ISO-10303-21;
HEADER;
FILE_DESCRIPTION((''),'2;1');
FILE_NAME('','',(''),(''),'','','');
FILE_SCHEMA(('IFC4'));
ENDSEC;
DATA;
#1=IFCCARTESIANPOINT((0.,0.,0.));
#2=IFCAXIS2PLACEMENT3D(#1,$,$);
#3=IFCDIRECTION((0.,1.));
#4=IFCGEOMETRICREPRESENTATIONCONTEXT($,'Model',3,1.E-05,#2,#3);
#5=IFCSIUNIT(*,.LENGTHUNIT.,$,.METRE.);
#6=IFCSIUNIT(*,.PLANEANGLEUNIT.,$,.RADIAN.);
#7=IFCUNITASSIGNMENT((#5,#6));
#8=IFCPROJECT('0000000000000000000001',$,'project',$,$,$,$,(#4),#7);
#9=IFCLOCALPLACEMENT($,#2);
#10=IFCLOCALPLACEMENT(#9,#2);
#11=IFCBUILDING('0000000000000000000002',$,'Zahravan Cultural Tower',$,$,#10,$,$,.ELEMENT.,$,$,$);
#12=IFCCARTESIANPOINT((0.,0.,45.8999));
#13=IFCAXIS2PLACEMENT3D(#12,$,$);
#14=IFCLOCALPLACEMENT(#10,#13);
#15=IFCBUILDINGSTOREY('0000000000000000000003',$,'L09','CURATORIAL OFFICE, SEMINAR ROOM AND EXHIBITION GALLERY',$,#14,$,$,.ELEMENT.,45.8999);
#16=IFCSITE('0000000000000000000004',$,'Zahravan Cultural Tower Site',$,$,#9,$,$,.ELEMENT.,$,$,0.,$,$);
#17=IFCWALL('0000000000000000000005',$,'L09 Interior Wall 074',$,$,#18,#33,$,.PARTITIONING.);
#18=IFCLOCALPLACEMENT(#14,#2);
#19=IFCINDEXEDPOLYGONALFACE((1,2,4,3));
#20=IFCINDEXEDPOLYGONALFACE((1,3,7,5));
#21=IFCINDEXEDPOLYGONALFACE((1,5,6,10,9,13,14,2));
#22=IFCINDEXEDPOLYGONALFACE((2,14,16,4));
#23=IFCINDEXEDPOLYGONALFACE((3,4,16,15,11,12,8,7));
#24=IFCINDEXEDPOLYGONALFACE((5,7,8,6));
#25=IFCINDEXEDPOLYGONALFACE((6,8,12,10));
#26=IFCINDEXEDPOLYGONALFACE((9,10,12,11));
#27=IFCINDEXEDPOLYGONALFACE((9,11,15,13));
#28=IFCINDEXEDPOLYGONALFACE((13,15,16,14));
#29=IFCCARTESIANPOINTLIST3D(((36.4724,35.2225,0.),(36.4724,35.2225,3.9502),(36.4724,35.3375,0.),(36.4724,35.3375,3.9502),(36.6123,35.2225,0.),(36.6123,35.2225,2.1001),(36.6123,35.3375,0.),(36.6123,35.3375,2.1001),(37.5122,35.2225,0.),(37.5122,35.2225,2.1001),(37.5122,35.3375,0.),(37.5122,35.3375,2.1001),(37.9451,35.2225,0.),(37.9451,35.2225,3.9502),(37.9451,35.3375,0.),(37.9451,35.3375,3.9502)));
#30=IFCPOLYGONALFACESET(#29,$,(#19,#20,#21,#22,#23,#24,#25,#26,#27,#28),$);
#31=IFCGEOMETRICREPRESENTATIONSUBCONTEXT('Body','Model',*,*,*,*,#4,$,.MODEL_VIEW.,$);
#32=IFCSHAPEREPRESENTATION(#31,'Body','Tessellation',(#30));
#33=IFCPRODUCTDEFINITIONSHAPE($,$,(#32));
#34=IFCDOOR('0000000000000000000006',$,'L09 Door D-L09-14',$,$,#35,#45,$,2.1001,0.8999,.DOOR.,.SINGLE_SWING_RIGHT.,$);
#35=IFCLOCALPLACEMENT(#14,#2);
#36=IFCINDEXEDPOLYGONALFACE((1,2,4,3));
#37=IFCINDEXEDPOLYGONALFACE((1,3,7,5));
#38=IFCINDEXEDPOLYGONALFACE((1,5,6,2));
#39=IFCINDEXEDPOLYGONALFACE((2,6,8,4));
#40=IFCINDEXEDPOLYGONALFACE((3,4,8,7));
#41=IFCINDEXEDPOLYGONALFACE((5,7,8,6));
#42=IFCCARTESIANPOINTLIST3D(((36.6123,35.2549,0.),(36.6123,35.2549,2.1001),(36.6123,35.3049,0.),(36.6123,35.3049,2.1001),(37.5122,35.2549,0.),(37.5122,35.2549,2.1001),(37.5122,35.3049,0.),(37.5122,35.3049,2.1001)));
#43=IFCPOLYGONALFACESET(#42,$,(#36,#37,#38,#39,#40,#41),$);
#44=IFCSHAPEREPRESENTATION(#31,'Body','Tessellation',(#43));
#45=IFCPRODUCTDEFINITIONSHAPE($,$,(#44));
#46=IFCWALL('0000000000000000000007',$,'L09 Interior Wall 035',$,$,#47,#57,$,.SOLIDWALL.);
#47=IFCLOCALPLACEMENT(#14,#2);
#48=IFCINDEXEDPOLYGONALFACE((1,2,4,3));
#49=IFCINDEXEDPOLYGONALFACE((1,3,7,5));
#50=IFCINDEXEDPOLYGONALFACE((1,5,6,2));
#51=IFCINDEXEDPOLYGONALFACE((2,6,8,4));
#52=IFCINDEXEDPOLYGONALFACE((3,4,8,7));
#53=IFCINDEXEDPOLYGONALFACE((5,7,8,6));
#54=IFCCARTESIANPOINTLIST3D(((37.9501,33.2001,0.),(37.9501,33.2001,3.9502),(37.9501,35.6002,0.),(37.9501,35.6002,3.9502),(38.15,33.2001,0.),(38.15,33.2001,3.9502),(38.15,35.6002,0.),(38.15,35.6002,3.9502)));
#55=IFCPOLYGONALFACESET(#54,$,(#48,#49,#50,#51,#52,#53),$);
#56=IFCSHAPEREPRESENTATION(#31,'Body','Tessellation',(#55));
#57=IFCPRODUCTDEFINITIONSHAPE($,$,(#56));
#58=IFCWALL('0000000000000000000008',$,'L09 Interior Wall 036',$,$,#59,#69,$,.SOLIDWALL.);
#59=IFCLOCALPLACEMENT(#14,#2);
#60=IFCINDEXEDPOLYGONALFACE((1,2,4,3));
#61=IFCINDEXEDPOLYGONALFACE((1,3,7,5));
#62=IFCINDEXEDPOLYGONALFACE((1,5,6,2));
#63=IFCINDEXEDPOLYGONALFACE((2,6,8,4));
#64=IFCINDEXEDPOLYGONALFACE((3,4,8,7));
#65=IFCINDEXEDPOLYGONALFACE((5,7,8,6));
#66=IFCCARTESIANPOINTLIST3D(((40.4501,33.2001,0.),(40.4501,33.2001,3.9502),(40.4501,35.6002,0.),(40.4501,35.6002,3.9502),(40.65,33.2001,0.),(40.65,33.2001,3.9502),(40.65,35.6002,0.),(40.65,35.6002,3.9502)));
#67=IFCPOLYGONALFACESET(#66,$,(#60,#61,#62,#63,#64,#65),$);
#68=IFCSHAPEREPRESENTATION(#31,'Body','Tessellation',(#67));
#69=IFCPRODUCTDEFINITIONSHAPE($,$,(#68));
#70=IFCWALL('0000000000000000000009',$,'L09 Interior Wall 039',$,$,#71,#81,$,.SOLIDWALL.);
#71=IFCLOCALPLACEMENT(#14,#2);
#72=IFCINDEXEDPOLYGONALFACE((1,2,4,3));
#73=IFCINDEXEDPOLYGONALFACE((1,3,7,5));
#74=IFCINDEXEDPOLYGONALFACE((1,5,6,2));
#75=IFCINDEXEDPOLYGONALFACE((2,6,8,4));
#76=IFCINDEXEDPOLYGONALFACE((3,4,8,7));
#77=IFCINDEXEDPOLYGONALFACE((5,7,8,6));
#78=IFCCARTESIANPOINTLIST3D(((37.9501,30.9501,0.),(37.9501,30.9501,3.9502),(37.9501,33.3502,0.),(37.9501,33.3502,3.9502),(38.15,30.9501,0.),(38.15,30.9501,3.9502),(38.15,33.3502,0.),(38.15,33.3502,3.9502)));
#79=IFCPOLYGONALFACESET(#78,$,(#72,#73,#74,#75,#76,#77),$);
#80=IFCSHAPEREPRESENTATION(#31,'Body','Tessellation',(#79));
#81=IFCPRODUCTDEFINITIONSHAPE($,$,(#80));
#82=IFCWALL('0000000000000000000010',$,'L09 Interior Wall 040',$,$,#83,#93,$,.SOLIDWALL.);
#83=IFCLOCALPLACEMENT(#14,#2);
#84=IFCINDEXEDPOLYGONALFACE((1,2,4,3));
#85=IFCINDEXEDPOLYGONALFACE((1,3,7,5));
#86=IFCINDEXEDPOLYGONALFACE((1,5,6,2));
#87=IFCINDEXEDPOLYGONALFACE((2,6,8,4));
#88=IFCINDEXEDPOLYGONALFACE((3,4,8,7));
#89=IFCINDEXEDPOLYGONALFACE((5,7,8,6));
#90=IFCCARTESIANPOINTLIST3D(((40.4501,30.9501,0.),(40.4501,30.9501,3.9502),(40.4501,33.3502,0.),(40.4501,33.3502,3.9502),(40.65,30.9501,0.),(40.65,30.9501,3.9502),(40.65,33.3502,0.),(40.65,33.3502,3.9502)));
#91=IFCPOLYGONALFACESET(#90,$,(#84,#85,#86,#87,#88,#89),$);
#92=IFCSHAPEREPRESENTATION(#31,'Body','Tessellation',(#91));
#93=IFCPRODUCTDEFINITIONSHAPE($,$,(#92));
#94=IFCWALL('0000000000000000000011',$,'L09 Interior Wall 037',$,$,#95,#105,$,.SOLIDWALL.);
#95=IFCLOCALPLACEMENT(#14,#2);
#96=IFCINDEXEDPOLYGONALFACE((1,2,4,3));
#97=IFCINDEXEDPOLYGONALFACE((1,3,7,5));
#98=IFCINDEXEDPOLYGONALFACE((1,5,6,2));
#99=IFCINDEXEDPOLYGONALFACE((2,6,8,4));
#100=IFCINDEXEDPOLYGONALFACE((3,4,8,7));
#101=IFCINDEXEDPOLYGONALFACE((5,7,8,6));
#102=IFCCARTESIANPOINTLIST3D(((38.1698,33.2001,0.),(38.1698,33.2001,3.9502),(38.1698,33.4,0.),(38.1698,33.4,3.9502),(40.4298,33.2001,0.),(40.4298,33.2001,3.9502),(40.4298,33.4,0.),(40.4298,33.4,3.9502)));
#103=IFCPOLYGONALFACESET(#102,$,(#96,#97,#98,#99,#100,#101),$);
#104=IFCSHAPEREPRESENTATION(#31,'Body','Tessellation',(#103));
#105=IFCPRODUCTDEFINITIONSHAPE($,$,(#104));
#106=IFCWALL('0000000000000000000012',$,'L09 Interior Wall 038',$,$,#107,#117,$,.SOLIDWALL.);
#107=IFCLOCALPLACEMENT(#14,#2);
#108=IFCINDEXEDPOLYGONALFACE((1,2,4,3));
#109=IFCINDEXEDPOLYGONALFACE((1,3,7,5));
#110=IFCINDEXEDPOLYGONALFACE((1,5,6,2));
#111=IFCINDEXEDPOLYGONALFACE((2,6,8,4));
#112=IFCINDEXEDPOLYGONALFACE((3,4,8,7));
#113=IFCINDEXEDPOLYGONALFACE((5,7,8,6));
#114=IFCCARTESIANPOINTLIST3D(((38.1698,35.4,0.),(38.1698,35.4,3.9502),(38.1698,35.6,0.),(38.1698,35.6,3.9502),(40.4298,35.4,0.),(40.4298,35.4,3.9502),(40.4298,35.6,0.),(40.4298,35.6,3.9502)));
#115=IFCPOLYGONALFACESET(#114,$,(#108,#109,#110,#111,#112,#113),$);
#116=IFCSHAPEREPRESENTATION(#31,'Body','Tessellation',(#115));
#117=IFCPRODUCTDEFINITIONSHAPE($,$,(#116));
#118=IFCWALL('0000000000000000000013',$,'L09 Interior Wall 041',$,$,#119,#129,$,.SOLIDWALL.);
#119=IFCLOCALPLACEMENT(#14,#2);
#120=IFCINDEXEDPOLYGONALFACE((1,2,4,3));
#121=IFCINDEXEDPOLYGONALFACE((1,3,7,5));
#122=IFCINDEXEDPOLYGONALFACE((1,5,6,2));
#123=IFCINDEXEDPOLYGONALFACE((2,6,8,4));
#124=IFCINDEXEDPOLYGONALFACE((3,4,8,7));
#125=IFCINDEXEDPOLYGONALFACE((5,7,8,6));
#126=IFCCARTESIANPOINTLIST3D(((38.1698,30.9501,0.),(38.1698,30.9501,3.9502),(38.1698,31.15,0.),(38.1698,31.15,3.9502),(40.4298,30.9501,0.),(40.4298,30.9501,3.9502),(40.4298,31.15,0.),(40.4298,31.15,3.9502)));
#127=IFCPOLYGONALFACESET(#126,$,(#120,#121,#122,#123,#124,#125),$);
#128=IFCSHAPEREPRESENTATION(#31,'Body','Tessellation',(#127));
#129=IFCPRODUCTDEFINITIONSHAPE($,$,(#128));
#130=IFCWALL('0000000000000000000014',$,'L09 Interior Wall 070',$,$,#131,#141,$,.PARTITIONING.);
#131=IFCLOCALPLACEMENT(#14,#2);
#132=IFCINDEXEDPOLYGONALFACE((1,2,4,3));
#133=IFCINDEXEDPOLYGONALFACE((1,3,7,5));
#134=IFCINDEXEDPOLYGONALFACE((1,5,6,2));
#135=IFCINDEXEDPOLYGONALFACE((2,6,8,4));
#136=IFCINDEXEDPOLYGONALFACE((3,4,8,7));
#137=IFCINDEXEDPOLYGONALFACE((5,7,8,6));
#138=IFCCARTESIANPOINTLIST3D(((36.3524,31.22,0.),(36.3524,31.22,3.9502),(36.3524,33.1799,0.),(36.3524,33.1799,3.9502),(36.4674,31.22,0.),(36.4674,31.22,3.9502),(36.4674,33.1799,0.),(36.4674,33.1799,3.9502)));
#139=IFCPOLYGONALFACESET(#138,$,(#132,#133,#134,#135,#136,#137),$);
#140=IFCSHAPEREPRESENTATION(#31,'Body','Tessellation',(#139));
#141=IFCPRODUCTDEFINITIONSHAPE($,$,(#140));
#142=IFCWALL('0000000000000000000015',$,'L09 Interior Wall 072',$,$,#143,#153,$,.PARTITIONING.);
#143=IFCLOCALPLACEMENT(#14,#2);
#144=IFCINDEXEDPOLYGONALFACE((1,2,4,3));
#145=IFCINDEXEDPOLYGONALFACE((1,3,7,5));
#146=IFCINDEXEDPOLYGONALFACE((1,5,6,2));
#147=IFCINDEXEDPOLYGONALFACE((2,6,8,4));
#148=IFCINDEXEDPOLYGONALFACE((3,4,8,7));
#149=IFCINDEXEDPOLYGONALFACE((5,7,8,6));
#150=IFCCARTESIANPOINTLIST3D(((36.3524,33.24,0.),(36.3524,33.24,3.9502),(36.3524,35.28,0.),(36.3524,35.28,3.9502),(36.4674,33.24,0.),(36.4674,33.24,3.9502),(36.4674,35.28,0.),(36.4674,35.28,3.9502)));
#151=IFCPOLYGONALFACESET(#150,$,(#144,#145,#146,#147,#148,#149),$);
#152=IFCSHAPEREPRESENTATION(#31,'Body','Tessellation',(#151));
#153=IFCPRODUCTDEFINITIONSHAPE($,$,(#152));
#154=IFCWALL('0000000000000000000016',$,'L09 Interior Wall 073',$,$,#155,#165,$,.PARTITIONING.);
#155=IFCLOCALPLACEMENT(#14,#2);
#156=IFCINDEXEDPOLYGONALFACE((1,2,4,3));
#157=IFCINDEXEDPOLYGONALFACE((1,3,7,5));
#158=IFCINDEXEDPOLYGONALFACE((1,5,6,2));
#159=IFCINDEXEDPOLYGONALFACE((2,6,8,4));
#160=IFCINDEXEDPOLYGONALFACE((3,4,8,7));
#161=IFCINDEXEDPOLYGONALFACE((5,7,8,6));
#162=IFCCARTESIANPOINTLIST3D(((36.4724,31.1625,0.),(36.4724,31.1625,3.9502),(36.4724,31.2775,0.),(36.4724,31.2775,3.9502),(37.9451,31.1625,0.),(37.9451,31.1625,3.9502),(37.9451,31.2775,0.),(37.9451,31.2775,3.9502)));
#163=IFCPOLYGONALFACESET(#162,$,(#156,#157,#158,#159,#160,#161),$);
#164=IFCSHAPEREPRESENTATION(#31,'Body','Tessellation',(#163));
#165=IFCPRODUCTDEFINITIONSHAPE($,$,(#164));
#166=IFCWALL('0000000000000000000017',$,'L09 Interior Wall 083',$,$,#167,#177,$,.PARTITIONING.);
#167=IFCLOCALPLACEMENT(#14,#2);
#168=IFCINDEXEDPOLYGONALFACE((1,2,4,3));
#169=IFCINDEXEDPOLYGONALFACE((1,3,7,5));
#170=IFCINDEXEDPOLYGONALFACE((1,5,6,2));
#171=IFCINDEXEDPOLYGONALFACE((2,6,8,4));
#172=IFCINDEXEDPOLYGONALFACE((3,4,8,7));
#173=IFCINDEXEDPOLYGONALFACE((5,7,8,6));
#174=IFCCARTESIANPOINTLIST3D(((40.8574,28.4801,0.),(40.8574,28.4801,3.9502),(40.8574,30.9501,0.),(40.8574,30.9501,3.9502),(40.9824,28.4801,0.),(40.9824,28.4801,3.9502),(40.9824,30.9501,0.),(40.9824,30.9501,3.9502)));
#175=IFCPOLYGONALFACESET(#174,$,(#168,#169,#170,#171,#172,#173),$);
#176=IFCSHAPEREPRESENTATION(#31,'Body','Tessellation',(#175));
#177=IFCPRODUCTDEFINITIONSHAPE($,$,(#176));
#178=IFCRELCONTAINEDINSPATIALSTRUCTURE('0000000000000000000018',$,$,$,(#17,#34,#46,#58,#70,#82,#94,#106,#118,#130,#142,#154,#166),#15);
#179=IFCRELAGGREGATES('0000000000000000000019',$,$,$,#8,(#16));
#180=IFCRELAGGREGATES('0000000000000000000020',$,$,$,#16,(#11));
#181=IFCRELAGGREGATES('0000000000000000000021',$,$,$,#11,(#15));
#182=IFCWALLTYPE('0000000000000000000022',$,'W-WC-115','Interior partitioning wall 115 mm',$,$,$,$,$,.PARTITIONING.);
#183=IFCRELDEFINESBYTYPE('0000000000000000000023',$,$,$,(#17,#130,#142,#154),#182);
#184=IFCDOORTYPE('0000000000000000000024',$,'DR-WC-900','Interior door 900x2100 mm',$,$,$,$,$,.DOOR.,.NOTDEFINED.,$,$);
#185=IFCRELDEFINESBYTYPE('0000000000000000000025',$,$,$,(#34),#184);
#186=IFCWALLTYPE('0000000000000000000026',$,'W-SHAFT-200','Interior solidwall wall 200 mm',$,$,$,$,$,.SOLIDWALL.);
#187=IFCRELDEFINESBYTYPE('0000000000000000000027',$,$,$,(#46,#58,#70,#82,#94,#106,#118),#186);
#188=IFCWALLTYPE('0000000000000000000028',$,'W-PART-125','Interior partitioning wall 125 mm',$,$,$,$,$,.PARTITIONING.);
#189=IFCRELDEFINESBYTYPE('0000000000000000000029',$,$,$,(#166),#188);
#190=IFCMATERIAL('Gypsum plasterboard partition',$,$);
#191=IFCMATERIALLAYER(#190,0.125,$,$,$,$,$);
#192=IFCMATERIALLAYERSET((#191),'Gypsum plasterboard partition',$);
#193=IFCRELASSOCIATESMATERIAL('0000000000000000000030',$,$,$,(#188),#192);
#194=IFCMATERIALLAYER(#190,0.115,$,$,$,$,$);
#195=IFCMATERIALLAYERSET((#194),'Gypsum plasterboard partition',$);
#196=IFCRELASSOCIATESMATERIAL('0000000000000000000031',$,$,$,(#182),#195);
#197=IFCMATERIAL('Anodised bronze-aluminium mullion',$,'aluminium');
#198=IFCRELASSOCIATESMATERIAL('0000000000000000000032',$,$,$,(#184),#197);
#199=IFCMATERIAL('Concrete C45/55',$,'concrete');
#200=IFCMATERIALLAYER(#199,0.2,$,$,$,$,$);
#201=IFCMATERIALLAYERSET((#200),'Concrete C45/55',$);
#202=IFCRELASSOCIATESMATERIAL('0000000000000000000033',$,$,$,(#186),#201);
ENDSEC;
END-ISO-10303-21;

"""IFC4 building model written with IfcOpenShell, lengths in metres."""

from ifc_helpers import new_model, si_unit, direction, frame, frame_2d, origin, place, context, subcontext, project, spatial, rectangle, extrude, source, transform, mapped, material, layer, layer_set, type_object, element, fill, save


model = new_model("IFC4")

# Units and contexts
model_context = context("Model", 3, precision=1e-05, world=origin(), true_north=direction((0.0, 1.0)))
body_context = subcontext(model_context, "Body", "Model", "MODEL_VIEW")
ifc_project = project(units=[si_unit("LENGTHUNIT", "METRE"), si_unit("PLANEANGLEUNIT", "RADIAN")], contexts=[model_context])

# Site, building, storey
site_placement = place(None, origin())
site = spatial("IfcSite", under=ifc_project, at=site_placement, Name="Zahravan Cultural Tower Site", CompositionType="ELEMENT", RefElevation=0.0)
building_placement = place(site_placement, origin())
building = spatial("IfcBuilding", under=site, at=building_placement, Name="Zahravan Cultural Tower", CompositionType="ELEMENT")
storey_placement = place(building_placement, frame((0.0, 0.0, 45.8999)))
storey = spatial("IfcBuildingStorey", under=building, at=storey_placement, Name="L09", Description="CURATORIAL OFFICE, SEMINAR ROOM AND EXHIBITION GALLERY", CompositionType="ELEMENT", Elevation=45.8999)

# Shared definitions
ifc_material_1 = material(Name="Anodised bronze-aluminium mullion", Category="aluminium")

# Wall, opening, door
ifc_material_2 = material(Name="Gypsum plasterboard partition")
ifc_layer_1 = layer(ifc_material_2, 0.125)
ifc_layer_set_1 = layer_set([ifc_layer_1], Name="Gypsum plasterboard partition")
wall_type_1 = type_object("IfcWallType", Name="W-PART-125", Description="Interior partitioning wall 125 mm", PredefinedType="PARTITIONING", material=ifc_layer_set_1)
ifc_layer_2 = layer(ifc_material_2, 0.115)
ifc_layer_set_2 = layer_set([ifc_layer_2], Name="Gypsum plasterboard partition")
wall_type_2 = type_object("IfcWallType", Name="W-WC-115", Description="Interior partitioning wall 115 mm", PredefinedType="PARTITIONING", material=ifc_layer_set_2)
door_type_1 = type_object("IfcDoorType", Name="DR-WC-900", Description="Interior door 900x2100 mm", OperationType="NOTDEFINED", PredefinedType="DOOR", material=ifc_material_1)
shared_shape_1 = source(origin(), body_context, "Body", "SweptSolid", [
    extrude(rectangle(XDim=0.8999, YDim=2.1001, at=frame_2d((0.45, 1.05))), frame((0.0, 0.0249, 0.0), z_axis=(0.0, -1.0, 0.0), x_axis=(1.0, 0.0, 0.0)), (0.0, 0.0, 1.0), 0.05),
])
wall_1_placement = place(storey_placement, frame((36.4724, 35.28, 0.0), z_axis=(0.0, 0.0, 1.0), x_axis=(1.0, 0.0, 0.0)))
wall_1 = element("IfcWall", 1, at=wall_1_placement, inside=storey, type_object=wall_type_2, Name="L09 Interior Wall 074", PredefinedType="PARTITIONING", context=body_context, shape_type="SweptSolid", body=[
    extrude(rectangle(XDim=1.4727, YDim=0.115, at=frame_2d((0.7363, 0.0))), origin(), (0.0, 0.0, 1.0), 3.9502),
])
opening_1_placement = place(wall_1_placement, frame((0.1399, 0.0, 0.0)))
opening_1 = element("IfcOpeningElement", 2, at=opening_1_placement, cuts=wall_1, PredefinedType="OPENING", context=body_context, shape_type="SweptSolid", body=[
    extrude(rectangle(XDim=0.8999, YDim=2.1001, at=frame_2d((0.45, 1.05))), frame((0.0, 0.0674, 0.0), z_axis=(0.0, -1.0, 0.0), x_axis=(1.0, 0.0, 0.0)), (0.0, 0.0, 1.0), 0.135),
])
door_1_placement = place(opening_1_placement, origin())
door_1 = element("IfcDoor", 3, at=door_1_placement, inside=storey, type_object=door_type_1, Name="L09 Door D-L09-14", OperationType="SINGLE_SWING_RIGHT", OverallHeight=2.1001, OverallWidth=0.8999, PredefinedType="DOOR", context=body_context, shape_type="MappedRepresentation", body=[
    mapped(shared_shape_1, transform((0.0, 0.0, 0.0), x_axis=(1.0, 0.0, 0.0), y_axis=(0.0, 1.0, 0.0), z_axis=(0.0, 0.0, 1.0), scale=1.0)),
])
fill(opening_1, door_1)

# Walls
ifc_material_3 = material(Name="Concrete C45/55", Category="concrete")
ifc_layer_3 = layer(ifc_material_3, 0.2)
ifc_layer_set_3 = layer_set([ifc_layer_3], Name="Concrete C45/55")
wall_type_3 = type_object("IfcWallType", Name="W-SHAFT-200", Description="Interior solidwall wall 200 mm", PredefinedType="SOLIDWALL", material=ifc_layer_set_3)
shared_shape_2 = source(origin(), body_context, "Body", "SweptSolid", [
    extrude(rectangle(XDim=2.4001, YDim=0.2, at=frame_2d((1.2002, 0.0))), origin(), (0.0, 0.0, 1.0), 3.9502),
])
for number, where, z_axis, x_axis, name in (
    (4, (38.05, 33.2, 0.0), (0.0, 0.0, 1.0), (0.0, 1.0, 0.0), "L09 Interior Wall 035"),
    (5, (40.55, 33.2, 0.0), (0.0, 0.0, 1.0), (0.0, 1.0, 0.0), "L09 Interior Wall 036"),
    (6, (38.05, 30.95, 0.0), (0.0, 0.0, 1.0), (0.0, 1.0, 0.0), "L09 Interior Wall 039"),
    (7, (40.55, 30.95, 0.0), (0.0, 0.0, 1.0), (0.0, 1.0, 0.0), "L09 Interior Wall 040"),
):
    element("IfcWall", number, at=place(storey_placement, frame(where, z_axis=z_axis, x_axis=x_axis)), inside=storey, type_object=wall_type_3, Name=name, PredefinedType="SOLIDWALL", context=body_context, shape_type="MappedRepresentation", body=[
        mapped(shared_shape_2, transform((0.0, 0.0, 0.0), x_axis=(1.0, 0.0, 0.0), y_axis=(0.0, 1.0, 0.0), z_axis=(0.0, 0.0, 1.0), scale=1.0)),
    ])
shared_shape_3 = source(origin(), body_context, "Body", "SweptSolid", [
    extrude(rectangle(XDim=2.26, YDim=0.2, at=frame_2d((1.1299, 0.0))), origin(), (0.0, 0.0, 1.0), 3.9502),
])
for number, where, z_axis, x_axis, name in (
    (8, (38.1699, 33.3, 0.0), (0.0, 0.0, 1.0), (1.0, 0.0, 0.0), "L09 Interior Wall 037"),
    (9, (38.1699, 35.5, 0.0), (0.0, 0.0, 1.0), (1.0, 0.0, 0.0), "L09 Interior Wall 038"),
    (10, (38.1699, 31.05, 0.0), (0.0, 0.0, 1.0), (1.0, 0.0, 0.0), "L09 Interior Wall 041"),
):
    element("IfcWall", number, at=place(storey_placement, frame(where, z_axis=z_axis, x_axis=x_axis)), inside=storey, type_object=wall_type_3, Name=name, PredefinedType="SOLIDWALL", context=body_context, shape_type="MappedRepresentation", body=[
        mapped(shared_shape_3, transform((0.0, 0.0, 0.0), x_axis=(1.0, 0.0, 0.0), y_axis=(0.0, 1.0, 0.0), z_axis=(0.0, 0.0, 1.0), scale=1.0)),
    ])
shared_shape_4 = source(origin(), body_context, "Body", "SweptSolid", [
    extrude(rectangle(XDim=1.96, YDim=0.115, at=frame_2d((0.98, 0.0))), origin(), (0.0, 0.0, 1.0), 3.9502),
])
wall_2_placement = place(storey_placement, frame((36.4099, 33.1799, 0.0), z_axis=(0.0, 0.0, 1.0), x_axis=(0.0, -1.0, 0.0)))
element("IfcWall", 11, at=wall_2_placement, inside=storey, type_object=wall_type_2, Name="L09 Interior Wall 070", PredefinedType="PARTITIONING", context=body_context, shape_type="MappedRepresentation", body=[
    mapped(shared_shape_4, transform((0.0, 0.0, 0.0), x_axis=(1.0, 0.0, 0.0), y_axis=(0.0, 1.0, 0.0), z_axis=(0.0, 0.0, 1.0), scale=1.0)),
])
shared_shape_5 = source(origin(), body_context, "Body", "SweptSolid", [
    extrude(rectangle(XDim=2.04, YDim=0.115, at=frame_2d((1.02, 0.0))), origin(), (0.0, 0.0, 1.0), 3.9502),
])
wall_3_placement = place(storey_placement, frame((36.4099, 35.28, 0.0), z_axis=(0.0, 0.0, 1.0), x_axis=(0.0, -1.0, 0.0)))
element("IfcWall", 12, at=wall_3_placement, inside=storey, type_object=wall_type_2, Name="L09 Interior Wall 072", PredefinedType="PARTITIONING", context=body_context, shape_type="MappedRepresentation", body=[
    mapped(shared_shape_5, transform((0.0, 0.0, 0.0), x_axis=(1.0, 0.0, 0.0), y_axis=(0.0, 1.0, 0.0), z_axis=(0.0, 0.0, 1.0), scale=1.0)),
])
shared_shape_6 = source(origin(), body_context, "Body", "SweptSolid", [
    extrude(rectangle(XDim=1.4727, YDim=0.115, at=frame_2d((0.7363, 0.0))), origin(), (0.0, 0.0, 1.0), 3.9502),
])
wall_4_placement = place(storey_placement, frame((37.9451, 31.22, 0.0), z_axis=(0.0, 0.0, 1.0), x_axis=(-1.0, 0.0, 0.0)))
element("IfcWall", 13, at=wall_4_placement, inside=storey, type_object=wall_type_2, Name="L09 Interior Wall 073", PredefinedType="PARTITIONING", context=body_context, shape_type="MappedRepresentation", body=[
    mapped(shared_shape_6, transform((0.0, 0.0, 0.0), x_axis=(1.0, 0.0, 0.0), y_axis=(0.0, 1.0, 0.0), z_axis=(0.0, 0.0, 1.0), scale=1.0)),
])
shared_shape_7 = source(origin(), body_context, "Body", "SweptSolid", [
    extrude(rectangle(XDim=2.47, YDim=0.125, at=frame_2d((1.2349, 0.0))), origin(), (0.0, 0.0, 1.0), 3.9502),
])
wall_5_placement = place(storey_placement, frame((40.9199, 30.95, 0.0), z_axis=(0.0, 0.0, 1.0), x_axis=(0.0, -1.0, 0.0)))
element("IfcWall", 14, at=wall_5_placement, inside=storey, type_object=wall_type_1, Name="L09 Interior Wall 083", PredefinedType="PARTITIONING", context=body_context, shape_type="MappedRepresentation", body=[
    mapped(shared_shape_7, transform((0.0, 0.0, 0.0), x_axis=(1.0, 0.0, 0.0), y_axis=(0.0, 1.0, 0.0), z_axis=(0.0, 0.0, 1.0), scale=1.0)),
])

save(model, "model.ifc")
